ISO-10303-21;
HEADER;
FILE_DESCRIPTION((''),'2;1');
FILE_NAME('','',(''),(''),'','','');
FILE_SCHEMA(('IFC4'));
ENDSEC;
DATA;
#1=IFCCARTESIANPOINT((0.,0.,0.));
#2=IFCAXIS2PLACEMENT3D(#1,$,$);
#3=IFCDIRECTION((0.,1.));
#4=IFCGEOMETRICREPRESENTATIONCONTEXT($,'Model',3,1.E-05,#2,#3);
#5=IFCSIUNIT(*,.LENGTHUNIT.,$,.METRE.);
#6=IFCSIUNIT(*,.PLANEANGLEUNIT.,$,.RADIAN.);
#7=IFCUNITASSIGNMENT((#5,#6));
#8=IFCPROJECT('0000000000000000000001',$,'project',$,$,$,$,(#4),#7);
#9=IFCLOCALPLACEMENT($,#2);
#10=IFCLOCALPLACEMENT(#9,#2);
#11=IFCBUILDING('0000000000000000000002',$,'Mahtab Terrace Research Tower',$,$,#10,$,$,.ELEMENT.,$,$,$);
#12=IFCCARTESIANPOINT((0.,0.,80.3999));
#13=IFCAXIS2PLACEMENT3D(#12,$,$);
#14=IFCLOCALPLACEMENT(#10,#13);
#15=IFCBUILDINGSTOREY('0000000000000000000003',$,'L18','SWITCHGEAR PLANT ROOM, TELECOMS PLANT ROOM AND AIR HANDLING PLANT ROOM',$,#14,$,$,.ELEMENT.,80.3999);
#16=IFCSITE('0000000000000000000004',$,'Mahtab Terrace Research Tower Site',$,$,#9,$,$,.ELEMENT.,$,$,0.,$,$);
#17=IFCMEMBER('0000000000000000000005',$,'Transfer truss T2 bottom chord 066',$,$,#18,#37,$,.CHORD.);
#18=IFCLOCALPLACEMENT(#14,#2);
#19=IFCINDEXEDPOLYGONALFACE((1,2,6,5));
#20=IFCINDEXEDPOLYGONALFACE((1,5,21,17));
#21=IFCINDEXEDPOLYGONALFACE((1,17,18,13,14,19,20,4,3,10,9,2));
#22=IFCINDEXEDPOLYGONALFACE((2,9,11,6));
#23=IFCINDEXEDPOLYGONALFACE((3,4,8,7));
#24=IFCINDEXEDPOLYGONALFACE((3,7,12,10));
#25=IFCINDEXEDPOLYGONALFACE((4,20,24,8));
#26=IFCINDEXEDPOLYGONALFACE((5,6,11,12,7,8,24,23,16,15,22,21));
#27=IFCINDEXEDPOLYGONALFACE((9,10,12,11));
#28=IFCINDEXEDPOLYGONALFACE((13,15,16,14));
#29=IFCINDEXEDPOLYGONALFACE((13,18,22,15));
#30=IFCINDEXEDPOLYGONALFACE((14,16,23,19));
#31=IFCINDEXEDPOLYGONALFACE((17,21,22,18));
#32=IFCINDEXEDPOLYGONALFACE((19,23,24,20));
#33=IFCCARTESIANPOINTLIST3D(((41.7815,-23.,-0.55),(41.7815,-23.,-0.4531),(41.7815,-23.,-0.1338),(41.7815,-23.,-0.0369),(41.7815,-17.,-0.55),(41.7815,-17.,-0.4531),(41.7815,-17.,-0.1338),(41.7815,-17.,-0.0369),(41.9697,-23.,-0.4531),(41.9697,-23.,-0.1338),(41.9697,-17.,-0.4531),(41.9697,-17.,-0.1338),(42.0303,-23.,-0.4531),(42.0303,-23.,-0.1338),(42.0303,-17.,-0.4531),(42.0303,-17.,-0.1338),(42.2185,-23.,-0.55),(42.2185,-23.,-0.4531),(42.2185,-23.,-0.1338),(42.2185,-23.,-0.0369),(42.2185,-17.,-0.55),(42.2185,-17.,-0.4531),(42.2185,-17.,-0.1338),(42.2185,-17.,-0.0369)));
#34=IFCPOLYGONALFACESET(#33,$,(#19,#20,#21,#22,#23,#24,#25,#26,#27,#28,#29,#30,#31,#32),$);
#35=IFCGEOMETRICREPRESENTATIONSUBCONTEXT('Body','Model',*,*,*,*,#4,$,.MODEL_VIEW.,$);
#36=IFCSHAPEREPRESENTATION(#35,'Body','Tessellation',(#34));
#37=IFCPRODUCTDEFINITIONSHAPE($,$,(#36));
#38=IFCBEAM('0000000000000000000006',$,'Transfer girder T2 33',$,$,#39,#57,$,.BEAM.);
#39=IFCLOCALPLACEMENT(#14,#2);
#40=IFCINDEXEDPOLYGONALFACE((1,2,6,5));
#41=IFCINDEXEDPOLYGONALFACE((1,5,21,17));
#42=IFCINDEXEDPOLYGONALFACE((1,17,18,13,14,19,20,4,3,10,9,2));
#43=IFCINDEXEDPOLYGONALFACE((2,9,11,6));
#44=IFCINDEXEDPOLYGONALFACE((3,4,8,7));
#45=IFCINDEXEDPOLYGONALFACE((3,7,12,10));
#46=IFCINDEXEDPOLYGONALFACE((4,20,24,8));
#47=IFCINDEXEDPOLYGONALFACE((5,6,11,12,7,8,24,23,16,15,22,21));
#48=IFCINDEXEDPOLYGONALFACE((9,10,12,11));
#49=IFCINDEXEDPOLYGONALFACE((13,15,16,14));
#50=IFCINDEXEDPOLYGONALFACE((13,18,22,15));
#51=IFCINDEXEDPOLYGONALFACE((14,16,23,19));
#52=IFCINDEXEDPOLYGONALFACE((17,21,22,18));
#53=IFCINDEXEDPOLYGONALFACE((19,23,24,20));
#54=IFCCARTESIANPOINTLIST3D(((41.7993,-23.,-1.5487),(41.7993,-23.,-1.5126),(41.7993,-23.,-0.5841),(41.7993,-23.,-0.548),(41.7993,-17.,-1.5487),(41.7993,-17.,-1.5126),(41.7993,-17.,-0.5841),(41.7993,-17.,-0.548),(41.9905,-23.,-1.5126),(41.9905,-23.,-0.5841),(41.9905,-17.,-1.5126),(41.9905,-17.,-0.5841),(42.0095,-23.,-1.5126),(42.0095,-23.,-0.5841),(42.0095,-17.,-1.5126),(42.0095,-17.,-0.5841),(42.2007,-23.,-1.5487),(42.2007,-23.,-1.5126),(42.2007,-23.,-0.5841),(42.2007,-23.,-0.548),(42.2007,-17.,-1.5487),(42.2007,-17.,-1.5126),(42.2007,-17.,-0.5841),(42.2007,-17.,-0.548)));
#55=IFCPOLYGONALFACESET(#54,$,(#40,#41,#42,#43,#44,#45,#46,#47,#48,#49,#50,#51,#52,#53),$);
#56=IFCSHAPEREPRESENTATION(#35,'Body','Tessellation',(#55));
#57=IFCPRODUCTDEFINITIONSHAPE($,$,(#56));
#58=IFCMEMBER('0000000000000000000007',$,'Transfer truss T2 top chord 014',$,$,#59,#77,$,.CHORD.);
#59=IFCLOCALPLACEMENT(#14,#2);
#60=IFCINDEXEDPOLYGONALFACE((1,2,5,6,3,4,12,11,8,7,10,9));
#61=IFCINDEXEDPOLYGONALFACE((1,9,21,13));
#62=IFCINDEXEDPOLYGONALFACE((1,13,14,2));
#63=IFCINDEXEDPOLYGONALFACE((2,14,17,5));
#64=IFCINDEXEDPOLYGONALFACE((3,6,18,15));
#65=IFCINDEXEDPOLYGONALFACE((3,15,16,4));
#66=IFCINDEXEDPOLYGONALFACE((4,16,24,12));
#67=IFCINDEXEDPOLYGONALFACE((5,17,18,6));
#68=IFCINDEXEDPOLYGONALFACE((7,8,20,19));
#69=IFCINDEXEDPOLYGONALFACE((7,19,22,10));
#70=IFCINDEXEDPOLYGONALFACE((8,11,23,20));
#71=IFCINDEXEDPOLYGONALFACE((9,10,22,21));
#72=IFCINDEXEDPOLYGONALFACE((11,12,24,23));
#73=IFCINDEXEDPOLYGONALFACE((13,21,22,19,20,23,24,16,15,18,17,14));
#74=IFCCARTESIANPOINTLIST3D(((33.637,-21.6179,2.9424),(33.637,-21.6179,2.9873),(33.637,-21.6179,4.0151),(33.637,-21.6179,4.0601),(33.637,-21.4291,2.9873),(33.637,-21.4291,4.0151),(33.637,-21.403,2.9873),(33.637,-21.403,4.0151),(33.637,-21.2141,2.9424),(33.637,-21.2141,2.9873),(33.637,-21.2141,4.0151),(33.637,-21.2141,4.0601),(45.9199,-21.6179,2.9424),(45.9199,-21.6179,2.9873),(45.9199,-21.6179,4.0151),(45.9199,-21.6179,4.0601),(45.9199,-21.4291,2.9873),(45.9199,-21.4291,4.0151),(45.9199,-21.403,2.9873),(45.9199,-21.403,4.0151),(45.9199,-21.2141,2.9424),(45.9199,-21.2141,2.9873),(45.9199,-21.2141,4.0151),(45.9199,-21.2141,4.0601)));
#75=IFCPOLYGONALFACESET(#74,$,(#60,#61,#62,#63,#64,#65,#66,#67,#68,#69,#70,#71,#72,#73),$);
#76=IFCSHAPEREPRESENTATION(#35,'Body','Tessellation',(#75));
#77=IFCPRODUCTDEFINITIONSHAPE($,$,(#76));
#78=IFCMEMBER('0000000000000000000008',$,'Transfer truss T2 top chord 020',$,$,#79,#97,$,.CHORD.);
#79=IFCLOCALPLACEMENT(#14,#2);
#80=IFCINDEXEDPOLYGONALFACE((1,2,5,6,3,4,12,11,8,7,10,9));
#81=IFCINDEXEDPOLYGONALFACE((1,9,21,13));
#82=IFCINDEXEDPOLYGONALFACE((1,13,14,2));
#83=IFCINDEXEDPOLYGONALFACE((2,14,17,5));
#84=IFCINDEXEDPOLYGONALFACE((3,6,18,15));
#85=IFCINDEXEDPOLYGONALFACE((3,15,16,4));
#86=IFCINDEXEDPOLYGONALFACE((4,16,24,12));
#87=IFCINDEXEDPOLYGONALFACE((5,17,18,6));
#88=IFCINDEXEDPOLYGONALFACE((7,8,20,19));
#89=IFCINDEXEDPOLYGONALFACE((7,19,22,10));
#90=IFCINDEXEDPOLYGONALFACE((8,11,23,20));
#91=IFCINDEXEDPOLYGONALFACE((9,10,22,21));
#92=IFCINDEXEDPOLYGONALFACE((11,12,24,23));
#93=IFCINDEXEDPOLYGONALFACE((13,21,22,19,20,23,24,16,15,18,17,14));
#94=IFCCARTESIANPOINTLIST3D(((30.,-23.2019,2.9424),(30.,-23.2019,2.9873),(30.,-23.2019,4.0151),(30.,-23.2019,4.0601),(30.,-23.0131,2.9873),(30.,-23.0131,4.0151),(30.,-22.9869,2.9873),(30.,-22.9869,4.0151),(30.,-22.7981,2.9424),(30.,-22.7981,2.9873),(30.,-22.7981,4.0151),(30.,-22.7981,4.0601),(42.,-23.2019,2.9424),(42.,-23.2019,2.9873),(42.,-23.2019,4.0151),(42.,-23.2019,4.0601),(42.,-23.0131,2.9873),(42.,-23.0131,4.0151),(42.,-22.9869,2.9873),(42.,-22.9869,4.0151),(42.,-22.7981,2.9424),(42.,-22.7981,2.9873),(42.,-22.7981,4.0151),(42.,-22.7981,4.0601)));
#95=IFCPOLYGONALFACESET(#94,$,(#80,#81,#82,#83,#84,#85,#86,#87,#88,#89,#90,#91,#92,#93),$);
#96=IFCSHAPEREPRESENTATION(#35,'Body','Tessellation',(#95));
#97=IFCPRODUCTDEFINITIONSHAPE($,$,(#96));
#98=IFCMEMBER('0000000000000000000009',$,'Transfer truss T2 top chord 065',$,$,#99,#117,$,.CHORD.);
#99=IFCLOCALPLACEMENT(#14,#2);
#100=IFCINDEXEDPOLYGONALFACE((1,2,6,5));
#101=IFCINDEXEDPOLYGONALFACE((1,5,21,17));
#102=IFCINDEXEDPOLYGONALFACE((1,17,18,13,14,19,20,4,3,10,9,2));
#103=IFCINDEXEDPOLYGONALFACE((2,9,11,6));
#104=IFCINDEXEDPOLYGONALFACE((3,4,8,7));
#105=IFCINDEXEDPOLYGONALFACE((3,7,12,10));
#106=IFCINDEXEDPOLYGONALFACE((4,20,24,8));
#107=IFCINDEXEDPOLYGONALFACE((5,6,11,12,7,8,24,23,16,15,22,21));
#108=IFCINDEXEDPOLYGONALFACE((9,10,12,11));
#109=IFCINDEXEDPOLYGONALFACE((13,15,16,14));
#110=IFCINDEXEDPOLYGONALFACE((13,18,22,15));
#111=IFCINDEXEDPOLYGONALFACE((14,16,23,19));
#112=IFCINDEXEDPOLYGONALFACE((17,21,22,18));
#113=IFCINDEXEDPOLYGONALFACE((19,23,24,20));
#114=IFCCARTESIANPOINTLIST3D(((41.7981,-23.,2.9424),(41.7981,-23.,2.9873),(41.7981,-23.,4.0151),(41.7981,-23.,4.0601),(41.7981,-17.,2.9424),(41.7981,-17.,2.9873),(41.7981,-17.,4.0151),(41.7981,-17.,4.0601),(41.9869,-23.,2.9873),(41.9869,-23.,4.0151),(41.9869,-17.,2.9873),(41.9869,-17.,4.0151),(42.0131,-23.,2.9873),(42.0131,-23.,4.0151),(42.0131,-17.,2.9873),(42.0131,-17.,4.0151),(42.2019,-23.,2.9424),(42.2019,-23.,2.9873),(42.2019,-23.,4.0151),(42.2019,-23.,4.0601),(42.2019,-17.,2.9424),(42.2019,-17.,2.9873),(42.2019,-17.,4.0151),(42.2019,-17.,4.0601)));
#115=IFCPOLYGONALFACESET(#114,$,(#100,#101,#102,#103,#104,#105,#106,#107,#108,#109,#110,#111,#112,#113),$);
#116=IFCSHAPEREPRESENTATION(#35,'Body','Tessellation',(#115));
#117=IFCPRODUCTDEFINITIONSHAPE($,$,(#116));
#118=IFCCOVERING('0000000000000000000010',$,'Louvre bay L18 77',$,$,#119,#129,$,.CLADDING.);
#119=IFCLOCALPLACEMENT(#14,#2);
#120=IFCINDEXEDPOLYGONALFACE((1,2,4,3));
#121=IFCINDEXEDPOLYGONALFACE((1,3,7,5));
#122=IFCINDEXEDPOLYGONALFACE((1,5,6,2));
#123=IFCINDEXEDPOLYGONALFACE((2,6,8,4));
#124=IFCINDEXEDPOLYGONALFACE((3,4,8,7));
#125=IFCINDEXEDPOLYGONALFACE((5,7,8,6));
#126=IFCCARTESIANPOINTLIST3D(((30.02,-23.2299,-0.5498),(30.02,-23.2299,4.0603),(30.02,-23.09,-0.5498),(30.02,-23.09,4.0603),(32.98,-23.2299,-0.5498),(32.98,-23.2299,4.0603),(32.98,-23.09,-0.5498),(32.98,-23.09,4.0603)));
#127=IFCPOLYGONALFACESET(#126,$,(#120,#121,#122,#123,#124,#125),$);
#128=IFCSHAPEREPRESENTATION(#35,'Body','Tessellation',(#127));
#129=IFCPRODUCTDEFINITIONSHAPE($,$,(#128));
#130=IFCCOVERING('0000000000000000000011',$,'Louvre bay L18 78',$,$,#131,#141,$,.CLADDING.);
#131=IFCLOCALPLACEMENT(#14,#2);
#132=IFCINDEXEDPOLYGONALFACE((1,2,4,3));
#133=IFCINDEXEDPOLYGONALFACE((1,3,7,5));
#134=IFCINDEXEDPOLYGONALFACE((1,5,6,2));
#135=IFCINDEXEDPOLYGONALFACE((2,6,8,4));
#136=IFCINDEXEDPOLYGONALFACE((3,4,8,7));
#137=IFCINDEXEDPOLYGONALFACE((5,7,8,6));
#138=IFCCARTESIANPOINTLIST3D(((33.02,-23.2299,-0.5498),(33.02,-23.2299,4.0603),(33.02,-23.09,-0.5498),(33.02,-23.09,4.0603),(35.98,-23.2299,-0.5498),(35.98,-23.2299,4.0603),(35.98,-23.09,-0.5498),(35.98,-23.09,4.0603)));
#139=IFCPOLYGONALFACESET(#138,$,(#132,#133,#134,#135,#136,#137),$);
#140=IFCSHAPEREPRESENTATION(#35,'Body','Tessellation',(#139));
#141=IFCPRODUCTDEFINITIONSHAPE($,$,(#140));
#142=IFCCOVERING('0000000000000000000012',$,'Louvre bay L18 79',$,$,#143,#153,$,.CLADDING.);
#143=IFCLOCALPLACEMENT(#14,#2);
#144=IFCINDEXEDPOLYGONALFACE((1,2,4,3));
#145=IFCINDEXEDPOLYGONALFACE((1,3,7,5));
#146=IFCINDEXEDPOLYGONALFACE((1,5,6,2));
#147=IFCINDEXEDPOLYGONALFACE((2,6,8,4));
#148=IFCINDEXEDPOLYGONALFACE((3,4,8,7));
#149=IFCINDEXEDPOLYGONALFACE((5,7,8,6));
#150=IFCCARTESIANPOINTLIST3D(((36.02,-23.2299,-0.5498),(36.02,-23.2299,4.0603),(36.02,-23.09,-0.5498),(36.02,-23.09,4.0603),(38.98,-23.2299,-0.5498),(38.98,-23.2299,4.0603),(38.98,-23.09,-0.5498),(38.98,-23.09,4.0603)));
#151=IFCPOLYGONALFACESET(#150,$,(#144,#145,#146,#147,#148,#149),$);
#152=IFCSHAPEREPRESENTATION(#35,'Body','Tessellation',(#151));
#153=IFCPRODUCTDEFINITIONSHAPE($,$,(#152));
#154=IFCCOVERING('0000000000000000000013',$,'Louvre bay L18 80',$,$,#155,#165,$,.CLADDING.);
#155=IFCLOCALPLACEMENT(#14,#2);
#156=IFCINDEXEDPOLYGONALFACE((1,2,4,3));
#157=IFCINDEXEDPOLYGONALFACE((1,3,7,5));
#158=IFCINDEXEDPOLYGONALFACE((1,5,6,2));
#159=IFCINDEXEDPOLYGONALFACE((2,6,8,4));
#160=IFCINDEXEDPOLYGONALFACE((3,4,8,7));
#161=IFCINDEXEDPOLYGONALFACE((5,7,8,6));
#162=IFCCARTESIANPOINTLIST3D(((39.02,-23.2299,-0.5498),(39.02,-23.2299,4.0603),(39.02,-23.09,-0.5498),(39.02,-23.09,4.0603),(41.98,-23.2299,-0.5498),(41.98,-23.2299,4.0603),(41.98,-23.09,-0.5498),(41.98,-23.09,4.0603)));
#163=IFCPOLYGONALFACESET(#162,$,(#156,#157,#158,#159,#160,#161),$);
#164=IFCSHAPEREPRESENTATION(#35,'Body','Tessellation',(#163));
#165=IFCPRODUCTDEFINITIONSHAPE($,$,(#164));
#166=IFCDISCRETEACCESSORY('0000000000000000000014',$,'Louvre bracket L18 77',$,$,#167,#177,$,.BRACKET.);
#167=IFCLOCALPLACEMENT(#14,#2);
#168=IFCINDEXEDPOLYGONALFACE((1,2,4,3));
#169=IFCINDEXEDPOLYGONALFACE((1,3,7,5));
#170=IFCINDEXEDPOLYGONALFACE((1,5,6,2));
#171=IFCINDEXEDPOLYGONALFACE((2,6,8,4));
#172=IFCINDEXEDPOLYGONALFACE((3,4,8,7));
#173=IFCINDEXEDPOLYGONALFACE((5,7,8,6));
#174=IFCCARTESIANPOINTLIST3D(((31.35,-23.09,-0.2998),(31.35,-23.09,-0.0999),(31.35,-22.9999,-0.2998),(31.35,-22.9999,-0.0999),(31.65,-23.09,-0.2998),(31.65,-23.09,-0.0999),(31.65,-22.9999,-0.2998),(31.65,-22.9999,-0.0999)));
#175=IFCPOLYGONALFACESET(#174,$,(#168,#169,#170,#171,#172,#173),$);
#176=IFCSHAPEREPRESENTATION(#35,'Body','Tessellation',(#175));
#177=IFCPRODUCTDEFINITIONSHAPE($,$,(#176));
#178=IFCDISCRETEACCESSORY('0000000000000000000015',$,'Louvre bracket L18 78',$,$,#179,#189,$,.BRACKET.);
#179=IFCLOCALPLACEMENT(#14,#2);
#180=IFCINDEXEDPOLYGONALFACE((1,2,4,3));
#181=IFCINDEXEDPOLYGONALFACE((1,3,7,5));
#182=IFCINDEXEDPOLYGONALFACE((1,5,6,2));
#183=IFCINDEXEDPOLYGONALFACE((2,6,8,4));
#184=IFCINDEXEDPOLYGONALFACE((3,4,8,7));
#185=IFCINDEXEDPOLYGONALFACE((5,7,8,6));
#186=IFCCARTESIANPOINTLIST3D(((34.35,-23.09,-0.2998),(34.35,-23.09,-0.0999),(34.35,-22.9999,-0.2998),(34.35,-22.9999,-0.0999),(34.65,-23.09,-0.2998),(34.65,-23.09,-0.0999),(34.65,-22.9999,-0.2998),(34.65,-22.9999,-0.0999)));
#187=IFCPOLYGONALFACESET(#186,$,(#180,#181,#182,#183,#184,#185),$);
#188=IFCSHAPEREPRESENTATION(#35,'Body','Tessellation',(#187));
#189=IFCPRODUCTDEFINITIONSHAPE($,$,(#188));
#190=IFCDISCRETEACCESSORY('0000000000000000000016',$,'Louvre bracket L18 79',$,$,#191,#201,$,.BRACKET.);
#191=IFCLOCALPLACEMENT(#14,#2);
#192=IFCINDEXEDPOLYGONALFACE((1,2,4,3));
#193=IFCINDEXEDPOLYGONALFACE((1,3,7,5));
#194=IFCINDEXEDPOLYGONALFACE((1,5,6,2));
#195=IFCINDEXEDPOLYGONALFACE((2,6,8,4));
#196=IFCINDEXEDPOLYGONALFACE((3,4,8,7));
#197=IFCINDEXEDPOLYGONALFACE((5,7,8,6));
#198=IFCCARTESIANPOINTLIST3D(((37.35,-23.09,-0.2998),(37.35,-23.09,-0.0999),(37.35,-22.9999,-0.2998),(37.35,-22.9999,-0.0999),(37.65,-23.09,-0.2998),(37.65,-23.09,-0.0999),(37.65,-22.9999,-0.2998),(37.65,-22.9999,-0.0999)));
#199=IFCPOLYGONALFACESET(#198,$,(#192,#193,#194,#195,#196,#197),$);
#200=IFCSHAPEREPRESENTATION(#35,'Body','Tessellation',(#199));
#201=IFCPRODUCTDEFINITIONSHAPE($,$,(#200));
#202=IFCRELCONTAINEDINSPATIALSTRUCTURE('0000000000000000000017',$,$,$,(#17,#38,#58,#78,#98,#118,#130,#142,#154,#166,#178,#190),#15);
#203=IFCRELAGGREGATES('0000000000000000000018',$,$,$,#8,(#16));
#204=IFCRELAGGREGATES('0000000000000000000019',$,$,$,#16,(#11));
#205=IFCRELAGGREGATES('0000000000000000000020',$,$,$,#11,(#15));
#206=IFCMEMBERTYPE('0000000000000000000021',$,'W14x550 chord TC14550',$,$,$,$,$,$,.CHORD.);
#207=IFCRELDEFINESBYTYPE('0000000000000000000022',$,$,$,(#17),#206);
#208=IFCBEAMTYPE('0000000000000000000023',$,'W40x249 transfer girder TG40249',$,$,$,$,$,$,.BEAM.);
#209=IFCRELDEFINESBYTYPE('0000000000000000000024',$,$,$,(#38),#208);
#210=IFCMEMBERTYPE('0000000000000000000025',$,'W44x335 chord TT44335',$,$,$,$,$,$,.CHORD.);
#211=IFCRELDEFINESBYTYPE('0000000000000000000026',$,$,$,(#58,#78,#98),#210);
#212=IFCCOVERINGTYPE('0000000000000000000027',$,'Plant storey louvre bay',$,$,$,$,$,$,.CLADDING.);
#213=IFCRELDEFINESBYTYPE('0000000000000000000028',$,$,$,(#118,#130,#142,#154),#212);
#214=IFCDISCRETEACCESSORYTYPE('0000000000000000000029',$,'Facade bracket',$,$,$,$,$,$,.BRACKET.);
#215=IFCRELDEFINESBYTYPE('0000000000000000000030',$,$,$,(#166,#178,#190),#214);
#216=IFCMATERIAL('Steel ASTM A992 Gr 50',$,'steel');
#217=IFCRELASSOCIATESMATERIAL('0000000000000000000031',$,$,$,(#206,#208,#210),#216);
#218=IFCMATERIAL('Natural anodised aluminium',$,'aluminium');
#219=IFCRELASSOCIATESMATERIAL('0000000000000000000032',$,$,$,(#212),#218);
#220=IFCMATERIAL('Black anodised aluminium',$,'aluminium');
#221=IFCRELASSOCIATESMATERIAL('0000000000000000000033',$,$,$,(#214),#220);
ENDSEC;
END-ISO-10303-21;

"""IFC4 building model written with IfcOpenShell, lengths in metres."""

from ifc_helpers import new_model, si_unit, direction, frame, origin, origin_2d, place, context, subcontext, project, spatial, rectangle, i_section, extrude, material, material_profile, profile_set, type_object, element, save


model = new_model("IFC4")

# Units and contexts
model_context = context("Model", 3, precision=1e-05, world=origin(), true_north=direction((0.0, 1.0)))
body_context = subcontext(model_context, "Body", "Model", "MODEL_VIEW")
ifc_project = project(units=[si_unit("LENGTHUNIT", "METRE"), si_unit("PLANEANGLEUNIT", "RADIAN")], contexts=[model_context])

# Site, building, storey
site_placement = place(None, origin())
site = spatial("IfcSite", under=ifc_project, at=site_placement, Name="Mahtab Terrace Research Tower Site", CompositionType="ELEMENT", RefElevation=0.0)
building_placement = place(site_placement, origin())
building = spatial("IfcBuilding", under=site, at=building_placement, Name="Mahtab Terrace Research Tower", CompositionType="ELEMENT")
storey_placement = place(building_placement, frame((0.0, 0.0, 80.3999)))
storey = spatial("IfcBuildingStorey", under=building, at=storey_placement, Name="L18", Description="SWITCHGEAR PLANT ROOM, TELECOMS PLANT ROOM AND AIR HANDLING PLANT ROOM", CompositionType="ELEMENT", Elevation=80.3999)

# Member
ifc_material_1 = material(Name="Steel ASTM A992 Gr 50", Category="steel")
ifc_material_profile_1 = material_profile(ifc_material_1, i_section(OverallWidth=0.437, OverallDepth=0.5132, WebThickness=0.0605, FlangeThickness=0.0969, at=origin_2d()), Name="W14X550")
ifc_profile_set_1 = profile_set([ifc_material_profile_1], Name="Steel ASTM A992 Gr 50")
member_type_1 = type_object("IfcMemberType", Name="W14x550 chord TC14550", PredefinedType="CHORD", material=ifc_profile_set_1)
member_1_placement = place(storey_placement, frame((42.0, -23.0, -0.2935), z_axis=(0.0, 1.0, 0.0), x_axis=(-1.0, 0.0, 0.0)))
element("IfcMember", 1, at=member_1_placement, inside=storey, type_object=member_type_1, Name="Transfer truss T2 bottom chord 066", PredefinedType="CHORD", context=body_context, shape_type="SweptSolid", body=[
    extrude(i_section(OverallWidth=0.437, OverallDepth=0.5132, WebThickness=0.0605, FlangeThickness=0.0969, at=origin_2d()), origin(), (0.0, 0.0, 1.0), 6.0),
])

# Beam
ifc_material_profile_2 = material_profile(ifc_material_1, i_section(OverallWidth=0.4014, OverallDepth=1.0007, WebThickness=0.019, FlangeThickness=0.0361, at=origin_2d()), Name="W40X249")
ifc_profile_set_2 = profile_set([ifc_material_profile_2], Name="Steel ASTM A992 Gr 50")
beam_type = type_object("IfcBeamType", Name="W40x249 transfer girder TG40249", PredefinedType="BEAM", material=ifc_profile_set_2)
beam_placement = place(storey_placement, frame((42.0, -23.0, -1.0483), z_axis=(0.0, 1.0, 0.0), x_axis=(-1.0, 0.0, 0.0)))
element("IfcBeam", 2, at=beam_placement, inside=storey, type_object=beam_type, Name="Transfer girder T2 33", PredefinedType="BEAM", context=body_context, shape_type="SweptSolid", body=[
    extrude(i_section(OverallWidth=0.4014, OverallDepth=1.0007, WebThickness=0.019, FlangeThickness=0.0361, at=origin_2d()), origin(), (0.0, 0.0, 1.0), 6.0),
])

# Members
ifc_material_profile_3 = material_profile(ifc_material_1, i_section(OverallWidth=0.4038, OverallDepth=1.1177, WebThickness=0.0261, FlangeThickness=0.0449, at=origin_2d()), Name="W44X335")
ifc_profile_set_3 = profile_set([ifc_material_profile_3], Name="Steel ASTM A992 Gr 50")
member_type_2 = type_object("IfcMemberType", Name="W44x335 chord TT44335", PredefinedType="CHORD", material=ifc_profile_set_3)
member_2_placement = place(storey_placement, frame((33.637, -21.416, 3.5012), z_axis=(1.0, 0.0, 0.0), x_axis=(0.0, 1.0, 0.0)))
element("IfcMember", 3, at=member_2_placement, inside=storey, type_object=member_type_2, Name="Transfer truss T2 top chord 014", PredefinedType="CHORD", context=body_context, shape_type="SweptSolid", body=[
    extrude(i_section(OverallWidth=0.4038, OverallDepth=1.1177, WebThickness=0.0261, FlangeThickness=0.0449, at=origin_2d()), origin(), (0.0, 0.0, 1.0), 12.283),
])
member_3_placement = place(storey_placement, frame((42.0, -23.0, 3.5012), z_axis=(-1.0, 0.0, 0.0), x_axis=(0.0, -1.0, 0.0)))
element("IfcMember", 4, at=member_3_placement, inside=storey, type_object=member_type_2, Name="Transfer truss T2 top chord 020", PredefinedType="CHORD", context=body_context, shape_type="SweptSolid", body=[
    extrude(i_section(OverallWidth=0.4038, OverallDepth=1.1177, WebThickness=0.0261, FlangeThickness=0.0449, at=origin_2d()), origin(), (0.0, 0.0, 1.0), 12.0),
])
member_4_placement = place(storey_placement, frame((42.0, -23.0, 3.5012), z_axis=(0.0, 1.0, 0.0), x_axis=(-1.0, 0.0, 0.0)))
element("IfcMember", 5, at=member_4_placement, inside=storey, type_object=member_type_2, Name="Transfer truss T2 top chord 065", PredefinedType="CHORD", context=body_context, shape_type="SweptSolid", body=[
    extrude(i_section(OverallWidth=0.4038, OverallDepth=1.1177, WebThickness=0.0261, FlangeThickness=0.0449, at=origin_2d()), origin(), (0.0, 0.0, 1.0), 6.0),
])

# Coverings
ifc_material_2 = material(Name="Natural anodised aluminium", Category="aluminium")
covering_type = type_object("IfcCoveringType", Name="Plant storey louvre bay", PredefinedType="CLADDING", material=ifc_material_2)
for number, where, z_axis, x_axis, name in (
    (6, (31.5, -23.1599, -0.5498), (0.0, 0.0, 1.0), (1.0, 0.0, 0.0), "Louvre bay L18 77"),
    (7, (34.5, -23.1599, -0.5498), (0.0, 0.0, 1.0), (1.0, 0.0, 0.0), "Louvre bay L18 78"),
    (8, (37.5, -23.1599, -0.5498), (0.0, 0.0, 1.0), (1.0, 0.0, 0.0), "Louvre bay L18 79"),
    (9, (40.5, -23.1599, -0.5498), (0.0, 0.0, 1.0), (1.0, 0.0, 0.0), "Louvre bay L18 80"),
):
    element("IfcCovering", number, at=place(storey_placement, frame(where, z_axis=z_axis, x_axis=x_axis)), inside=storey, type_object=covering_type, Name=name, PredefinedType="CLADDING", context=body_context, shape_type="SweptSolid", body=[
        extrude(rectangle(XDim=2.96, YDim=0.1399, at=origin_2d()), origin(), (0.0, 0.0, 1.0), 4.6101),
    ])

# Discrete accessories
ifc_material_3 = material(Name="Black anodised aluminium", Category="aluminium")
discrete_accessory_type_1 = type_object("IfcDiscreteAccessoryType", Name="Facade bracket", PredefinedType="BRACKET", material=ifc_material_3)
for number, where, z_axis, x_axis, name in (
    (10, (31.5, -23.0449, -0.2998), (0.0, 0.0, 1.0), (1.0, 0.0, 0.0), "Louvre bracket L18 77"),
    (11, (34.5, -23.0449, -0.2998), (0.0, 0.0, 1.0), (1.0, 0.0, 0.0), "Louvre bracket L18 78"),
    (12, (37.5, -23.0449, -0.2998), (0.0, 0.0, 1.0), (1.0, 0.0, 0.0), "Louvre bracket L18 79"),
):
    element("IfcDiscreteAccessory", number, at=place(storey_placement, frame(where, z_axis=z_axis, x_axis=x_axis)), inside=storey, type_object=discrete_accessory_type_1, Name=name, PredefinedType="BRACKET", context=body_context, shape_type="SweptSolid", body=[
        extrude(rectangle(XDim=0.3, YDim=0.0901, at=origin_2d()), origin(), (0.0, 0.0, 1.0), 0.2),
    ])

save(model, "model.ifc")
